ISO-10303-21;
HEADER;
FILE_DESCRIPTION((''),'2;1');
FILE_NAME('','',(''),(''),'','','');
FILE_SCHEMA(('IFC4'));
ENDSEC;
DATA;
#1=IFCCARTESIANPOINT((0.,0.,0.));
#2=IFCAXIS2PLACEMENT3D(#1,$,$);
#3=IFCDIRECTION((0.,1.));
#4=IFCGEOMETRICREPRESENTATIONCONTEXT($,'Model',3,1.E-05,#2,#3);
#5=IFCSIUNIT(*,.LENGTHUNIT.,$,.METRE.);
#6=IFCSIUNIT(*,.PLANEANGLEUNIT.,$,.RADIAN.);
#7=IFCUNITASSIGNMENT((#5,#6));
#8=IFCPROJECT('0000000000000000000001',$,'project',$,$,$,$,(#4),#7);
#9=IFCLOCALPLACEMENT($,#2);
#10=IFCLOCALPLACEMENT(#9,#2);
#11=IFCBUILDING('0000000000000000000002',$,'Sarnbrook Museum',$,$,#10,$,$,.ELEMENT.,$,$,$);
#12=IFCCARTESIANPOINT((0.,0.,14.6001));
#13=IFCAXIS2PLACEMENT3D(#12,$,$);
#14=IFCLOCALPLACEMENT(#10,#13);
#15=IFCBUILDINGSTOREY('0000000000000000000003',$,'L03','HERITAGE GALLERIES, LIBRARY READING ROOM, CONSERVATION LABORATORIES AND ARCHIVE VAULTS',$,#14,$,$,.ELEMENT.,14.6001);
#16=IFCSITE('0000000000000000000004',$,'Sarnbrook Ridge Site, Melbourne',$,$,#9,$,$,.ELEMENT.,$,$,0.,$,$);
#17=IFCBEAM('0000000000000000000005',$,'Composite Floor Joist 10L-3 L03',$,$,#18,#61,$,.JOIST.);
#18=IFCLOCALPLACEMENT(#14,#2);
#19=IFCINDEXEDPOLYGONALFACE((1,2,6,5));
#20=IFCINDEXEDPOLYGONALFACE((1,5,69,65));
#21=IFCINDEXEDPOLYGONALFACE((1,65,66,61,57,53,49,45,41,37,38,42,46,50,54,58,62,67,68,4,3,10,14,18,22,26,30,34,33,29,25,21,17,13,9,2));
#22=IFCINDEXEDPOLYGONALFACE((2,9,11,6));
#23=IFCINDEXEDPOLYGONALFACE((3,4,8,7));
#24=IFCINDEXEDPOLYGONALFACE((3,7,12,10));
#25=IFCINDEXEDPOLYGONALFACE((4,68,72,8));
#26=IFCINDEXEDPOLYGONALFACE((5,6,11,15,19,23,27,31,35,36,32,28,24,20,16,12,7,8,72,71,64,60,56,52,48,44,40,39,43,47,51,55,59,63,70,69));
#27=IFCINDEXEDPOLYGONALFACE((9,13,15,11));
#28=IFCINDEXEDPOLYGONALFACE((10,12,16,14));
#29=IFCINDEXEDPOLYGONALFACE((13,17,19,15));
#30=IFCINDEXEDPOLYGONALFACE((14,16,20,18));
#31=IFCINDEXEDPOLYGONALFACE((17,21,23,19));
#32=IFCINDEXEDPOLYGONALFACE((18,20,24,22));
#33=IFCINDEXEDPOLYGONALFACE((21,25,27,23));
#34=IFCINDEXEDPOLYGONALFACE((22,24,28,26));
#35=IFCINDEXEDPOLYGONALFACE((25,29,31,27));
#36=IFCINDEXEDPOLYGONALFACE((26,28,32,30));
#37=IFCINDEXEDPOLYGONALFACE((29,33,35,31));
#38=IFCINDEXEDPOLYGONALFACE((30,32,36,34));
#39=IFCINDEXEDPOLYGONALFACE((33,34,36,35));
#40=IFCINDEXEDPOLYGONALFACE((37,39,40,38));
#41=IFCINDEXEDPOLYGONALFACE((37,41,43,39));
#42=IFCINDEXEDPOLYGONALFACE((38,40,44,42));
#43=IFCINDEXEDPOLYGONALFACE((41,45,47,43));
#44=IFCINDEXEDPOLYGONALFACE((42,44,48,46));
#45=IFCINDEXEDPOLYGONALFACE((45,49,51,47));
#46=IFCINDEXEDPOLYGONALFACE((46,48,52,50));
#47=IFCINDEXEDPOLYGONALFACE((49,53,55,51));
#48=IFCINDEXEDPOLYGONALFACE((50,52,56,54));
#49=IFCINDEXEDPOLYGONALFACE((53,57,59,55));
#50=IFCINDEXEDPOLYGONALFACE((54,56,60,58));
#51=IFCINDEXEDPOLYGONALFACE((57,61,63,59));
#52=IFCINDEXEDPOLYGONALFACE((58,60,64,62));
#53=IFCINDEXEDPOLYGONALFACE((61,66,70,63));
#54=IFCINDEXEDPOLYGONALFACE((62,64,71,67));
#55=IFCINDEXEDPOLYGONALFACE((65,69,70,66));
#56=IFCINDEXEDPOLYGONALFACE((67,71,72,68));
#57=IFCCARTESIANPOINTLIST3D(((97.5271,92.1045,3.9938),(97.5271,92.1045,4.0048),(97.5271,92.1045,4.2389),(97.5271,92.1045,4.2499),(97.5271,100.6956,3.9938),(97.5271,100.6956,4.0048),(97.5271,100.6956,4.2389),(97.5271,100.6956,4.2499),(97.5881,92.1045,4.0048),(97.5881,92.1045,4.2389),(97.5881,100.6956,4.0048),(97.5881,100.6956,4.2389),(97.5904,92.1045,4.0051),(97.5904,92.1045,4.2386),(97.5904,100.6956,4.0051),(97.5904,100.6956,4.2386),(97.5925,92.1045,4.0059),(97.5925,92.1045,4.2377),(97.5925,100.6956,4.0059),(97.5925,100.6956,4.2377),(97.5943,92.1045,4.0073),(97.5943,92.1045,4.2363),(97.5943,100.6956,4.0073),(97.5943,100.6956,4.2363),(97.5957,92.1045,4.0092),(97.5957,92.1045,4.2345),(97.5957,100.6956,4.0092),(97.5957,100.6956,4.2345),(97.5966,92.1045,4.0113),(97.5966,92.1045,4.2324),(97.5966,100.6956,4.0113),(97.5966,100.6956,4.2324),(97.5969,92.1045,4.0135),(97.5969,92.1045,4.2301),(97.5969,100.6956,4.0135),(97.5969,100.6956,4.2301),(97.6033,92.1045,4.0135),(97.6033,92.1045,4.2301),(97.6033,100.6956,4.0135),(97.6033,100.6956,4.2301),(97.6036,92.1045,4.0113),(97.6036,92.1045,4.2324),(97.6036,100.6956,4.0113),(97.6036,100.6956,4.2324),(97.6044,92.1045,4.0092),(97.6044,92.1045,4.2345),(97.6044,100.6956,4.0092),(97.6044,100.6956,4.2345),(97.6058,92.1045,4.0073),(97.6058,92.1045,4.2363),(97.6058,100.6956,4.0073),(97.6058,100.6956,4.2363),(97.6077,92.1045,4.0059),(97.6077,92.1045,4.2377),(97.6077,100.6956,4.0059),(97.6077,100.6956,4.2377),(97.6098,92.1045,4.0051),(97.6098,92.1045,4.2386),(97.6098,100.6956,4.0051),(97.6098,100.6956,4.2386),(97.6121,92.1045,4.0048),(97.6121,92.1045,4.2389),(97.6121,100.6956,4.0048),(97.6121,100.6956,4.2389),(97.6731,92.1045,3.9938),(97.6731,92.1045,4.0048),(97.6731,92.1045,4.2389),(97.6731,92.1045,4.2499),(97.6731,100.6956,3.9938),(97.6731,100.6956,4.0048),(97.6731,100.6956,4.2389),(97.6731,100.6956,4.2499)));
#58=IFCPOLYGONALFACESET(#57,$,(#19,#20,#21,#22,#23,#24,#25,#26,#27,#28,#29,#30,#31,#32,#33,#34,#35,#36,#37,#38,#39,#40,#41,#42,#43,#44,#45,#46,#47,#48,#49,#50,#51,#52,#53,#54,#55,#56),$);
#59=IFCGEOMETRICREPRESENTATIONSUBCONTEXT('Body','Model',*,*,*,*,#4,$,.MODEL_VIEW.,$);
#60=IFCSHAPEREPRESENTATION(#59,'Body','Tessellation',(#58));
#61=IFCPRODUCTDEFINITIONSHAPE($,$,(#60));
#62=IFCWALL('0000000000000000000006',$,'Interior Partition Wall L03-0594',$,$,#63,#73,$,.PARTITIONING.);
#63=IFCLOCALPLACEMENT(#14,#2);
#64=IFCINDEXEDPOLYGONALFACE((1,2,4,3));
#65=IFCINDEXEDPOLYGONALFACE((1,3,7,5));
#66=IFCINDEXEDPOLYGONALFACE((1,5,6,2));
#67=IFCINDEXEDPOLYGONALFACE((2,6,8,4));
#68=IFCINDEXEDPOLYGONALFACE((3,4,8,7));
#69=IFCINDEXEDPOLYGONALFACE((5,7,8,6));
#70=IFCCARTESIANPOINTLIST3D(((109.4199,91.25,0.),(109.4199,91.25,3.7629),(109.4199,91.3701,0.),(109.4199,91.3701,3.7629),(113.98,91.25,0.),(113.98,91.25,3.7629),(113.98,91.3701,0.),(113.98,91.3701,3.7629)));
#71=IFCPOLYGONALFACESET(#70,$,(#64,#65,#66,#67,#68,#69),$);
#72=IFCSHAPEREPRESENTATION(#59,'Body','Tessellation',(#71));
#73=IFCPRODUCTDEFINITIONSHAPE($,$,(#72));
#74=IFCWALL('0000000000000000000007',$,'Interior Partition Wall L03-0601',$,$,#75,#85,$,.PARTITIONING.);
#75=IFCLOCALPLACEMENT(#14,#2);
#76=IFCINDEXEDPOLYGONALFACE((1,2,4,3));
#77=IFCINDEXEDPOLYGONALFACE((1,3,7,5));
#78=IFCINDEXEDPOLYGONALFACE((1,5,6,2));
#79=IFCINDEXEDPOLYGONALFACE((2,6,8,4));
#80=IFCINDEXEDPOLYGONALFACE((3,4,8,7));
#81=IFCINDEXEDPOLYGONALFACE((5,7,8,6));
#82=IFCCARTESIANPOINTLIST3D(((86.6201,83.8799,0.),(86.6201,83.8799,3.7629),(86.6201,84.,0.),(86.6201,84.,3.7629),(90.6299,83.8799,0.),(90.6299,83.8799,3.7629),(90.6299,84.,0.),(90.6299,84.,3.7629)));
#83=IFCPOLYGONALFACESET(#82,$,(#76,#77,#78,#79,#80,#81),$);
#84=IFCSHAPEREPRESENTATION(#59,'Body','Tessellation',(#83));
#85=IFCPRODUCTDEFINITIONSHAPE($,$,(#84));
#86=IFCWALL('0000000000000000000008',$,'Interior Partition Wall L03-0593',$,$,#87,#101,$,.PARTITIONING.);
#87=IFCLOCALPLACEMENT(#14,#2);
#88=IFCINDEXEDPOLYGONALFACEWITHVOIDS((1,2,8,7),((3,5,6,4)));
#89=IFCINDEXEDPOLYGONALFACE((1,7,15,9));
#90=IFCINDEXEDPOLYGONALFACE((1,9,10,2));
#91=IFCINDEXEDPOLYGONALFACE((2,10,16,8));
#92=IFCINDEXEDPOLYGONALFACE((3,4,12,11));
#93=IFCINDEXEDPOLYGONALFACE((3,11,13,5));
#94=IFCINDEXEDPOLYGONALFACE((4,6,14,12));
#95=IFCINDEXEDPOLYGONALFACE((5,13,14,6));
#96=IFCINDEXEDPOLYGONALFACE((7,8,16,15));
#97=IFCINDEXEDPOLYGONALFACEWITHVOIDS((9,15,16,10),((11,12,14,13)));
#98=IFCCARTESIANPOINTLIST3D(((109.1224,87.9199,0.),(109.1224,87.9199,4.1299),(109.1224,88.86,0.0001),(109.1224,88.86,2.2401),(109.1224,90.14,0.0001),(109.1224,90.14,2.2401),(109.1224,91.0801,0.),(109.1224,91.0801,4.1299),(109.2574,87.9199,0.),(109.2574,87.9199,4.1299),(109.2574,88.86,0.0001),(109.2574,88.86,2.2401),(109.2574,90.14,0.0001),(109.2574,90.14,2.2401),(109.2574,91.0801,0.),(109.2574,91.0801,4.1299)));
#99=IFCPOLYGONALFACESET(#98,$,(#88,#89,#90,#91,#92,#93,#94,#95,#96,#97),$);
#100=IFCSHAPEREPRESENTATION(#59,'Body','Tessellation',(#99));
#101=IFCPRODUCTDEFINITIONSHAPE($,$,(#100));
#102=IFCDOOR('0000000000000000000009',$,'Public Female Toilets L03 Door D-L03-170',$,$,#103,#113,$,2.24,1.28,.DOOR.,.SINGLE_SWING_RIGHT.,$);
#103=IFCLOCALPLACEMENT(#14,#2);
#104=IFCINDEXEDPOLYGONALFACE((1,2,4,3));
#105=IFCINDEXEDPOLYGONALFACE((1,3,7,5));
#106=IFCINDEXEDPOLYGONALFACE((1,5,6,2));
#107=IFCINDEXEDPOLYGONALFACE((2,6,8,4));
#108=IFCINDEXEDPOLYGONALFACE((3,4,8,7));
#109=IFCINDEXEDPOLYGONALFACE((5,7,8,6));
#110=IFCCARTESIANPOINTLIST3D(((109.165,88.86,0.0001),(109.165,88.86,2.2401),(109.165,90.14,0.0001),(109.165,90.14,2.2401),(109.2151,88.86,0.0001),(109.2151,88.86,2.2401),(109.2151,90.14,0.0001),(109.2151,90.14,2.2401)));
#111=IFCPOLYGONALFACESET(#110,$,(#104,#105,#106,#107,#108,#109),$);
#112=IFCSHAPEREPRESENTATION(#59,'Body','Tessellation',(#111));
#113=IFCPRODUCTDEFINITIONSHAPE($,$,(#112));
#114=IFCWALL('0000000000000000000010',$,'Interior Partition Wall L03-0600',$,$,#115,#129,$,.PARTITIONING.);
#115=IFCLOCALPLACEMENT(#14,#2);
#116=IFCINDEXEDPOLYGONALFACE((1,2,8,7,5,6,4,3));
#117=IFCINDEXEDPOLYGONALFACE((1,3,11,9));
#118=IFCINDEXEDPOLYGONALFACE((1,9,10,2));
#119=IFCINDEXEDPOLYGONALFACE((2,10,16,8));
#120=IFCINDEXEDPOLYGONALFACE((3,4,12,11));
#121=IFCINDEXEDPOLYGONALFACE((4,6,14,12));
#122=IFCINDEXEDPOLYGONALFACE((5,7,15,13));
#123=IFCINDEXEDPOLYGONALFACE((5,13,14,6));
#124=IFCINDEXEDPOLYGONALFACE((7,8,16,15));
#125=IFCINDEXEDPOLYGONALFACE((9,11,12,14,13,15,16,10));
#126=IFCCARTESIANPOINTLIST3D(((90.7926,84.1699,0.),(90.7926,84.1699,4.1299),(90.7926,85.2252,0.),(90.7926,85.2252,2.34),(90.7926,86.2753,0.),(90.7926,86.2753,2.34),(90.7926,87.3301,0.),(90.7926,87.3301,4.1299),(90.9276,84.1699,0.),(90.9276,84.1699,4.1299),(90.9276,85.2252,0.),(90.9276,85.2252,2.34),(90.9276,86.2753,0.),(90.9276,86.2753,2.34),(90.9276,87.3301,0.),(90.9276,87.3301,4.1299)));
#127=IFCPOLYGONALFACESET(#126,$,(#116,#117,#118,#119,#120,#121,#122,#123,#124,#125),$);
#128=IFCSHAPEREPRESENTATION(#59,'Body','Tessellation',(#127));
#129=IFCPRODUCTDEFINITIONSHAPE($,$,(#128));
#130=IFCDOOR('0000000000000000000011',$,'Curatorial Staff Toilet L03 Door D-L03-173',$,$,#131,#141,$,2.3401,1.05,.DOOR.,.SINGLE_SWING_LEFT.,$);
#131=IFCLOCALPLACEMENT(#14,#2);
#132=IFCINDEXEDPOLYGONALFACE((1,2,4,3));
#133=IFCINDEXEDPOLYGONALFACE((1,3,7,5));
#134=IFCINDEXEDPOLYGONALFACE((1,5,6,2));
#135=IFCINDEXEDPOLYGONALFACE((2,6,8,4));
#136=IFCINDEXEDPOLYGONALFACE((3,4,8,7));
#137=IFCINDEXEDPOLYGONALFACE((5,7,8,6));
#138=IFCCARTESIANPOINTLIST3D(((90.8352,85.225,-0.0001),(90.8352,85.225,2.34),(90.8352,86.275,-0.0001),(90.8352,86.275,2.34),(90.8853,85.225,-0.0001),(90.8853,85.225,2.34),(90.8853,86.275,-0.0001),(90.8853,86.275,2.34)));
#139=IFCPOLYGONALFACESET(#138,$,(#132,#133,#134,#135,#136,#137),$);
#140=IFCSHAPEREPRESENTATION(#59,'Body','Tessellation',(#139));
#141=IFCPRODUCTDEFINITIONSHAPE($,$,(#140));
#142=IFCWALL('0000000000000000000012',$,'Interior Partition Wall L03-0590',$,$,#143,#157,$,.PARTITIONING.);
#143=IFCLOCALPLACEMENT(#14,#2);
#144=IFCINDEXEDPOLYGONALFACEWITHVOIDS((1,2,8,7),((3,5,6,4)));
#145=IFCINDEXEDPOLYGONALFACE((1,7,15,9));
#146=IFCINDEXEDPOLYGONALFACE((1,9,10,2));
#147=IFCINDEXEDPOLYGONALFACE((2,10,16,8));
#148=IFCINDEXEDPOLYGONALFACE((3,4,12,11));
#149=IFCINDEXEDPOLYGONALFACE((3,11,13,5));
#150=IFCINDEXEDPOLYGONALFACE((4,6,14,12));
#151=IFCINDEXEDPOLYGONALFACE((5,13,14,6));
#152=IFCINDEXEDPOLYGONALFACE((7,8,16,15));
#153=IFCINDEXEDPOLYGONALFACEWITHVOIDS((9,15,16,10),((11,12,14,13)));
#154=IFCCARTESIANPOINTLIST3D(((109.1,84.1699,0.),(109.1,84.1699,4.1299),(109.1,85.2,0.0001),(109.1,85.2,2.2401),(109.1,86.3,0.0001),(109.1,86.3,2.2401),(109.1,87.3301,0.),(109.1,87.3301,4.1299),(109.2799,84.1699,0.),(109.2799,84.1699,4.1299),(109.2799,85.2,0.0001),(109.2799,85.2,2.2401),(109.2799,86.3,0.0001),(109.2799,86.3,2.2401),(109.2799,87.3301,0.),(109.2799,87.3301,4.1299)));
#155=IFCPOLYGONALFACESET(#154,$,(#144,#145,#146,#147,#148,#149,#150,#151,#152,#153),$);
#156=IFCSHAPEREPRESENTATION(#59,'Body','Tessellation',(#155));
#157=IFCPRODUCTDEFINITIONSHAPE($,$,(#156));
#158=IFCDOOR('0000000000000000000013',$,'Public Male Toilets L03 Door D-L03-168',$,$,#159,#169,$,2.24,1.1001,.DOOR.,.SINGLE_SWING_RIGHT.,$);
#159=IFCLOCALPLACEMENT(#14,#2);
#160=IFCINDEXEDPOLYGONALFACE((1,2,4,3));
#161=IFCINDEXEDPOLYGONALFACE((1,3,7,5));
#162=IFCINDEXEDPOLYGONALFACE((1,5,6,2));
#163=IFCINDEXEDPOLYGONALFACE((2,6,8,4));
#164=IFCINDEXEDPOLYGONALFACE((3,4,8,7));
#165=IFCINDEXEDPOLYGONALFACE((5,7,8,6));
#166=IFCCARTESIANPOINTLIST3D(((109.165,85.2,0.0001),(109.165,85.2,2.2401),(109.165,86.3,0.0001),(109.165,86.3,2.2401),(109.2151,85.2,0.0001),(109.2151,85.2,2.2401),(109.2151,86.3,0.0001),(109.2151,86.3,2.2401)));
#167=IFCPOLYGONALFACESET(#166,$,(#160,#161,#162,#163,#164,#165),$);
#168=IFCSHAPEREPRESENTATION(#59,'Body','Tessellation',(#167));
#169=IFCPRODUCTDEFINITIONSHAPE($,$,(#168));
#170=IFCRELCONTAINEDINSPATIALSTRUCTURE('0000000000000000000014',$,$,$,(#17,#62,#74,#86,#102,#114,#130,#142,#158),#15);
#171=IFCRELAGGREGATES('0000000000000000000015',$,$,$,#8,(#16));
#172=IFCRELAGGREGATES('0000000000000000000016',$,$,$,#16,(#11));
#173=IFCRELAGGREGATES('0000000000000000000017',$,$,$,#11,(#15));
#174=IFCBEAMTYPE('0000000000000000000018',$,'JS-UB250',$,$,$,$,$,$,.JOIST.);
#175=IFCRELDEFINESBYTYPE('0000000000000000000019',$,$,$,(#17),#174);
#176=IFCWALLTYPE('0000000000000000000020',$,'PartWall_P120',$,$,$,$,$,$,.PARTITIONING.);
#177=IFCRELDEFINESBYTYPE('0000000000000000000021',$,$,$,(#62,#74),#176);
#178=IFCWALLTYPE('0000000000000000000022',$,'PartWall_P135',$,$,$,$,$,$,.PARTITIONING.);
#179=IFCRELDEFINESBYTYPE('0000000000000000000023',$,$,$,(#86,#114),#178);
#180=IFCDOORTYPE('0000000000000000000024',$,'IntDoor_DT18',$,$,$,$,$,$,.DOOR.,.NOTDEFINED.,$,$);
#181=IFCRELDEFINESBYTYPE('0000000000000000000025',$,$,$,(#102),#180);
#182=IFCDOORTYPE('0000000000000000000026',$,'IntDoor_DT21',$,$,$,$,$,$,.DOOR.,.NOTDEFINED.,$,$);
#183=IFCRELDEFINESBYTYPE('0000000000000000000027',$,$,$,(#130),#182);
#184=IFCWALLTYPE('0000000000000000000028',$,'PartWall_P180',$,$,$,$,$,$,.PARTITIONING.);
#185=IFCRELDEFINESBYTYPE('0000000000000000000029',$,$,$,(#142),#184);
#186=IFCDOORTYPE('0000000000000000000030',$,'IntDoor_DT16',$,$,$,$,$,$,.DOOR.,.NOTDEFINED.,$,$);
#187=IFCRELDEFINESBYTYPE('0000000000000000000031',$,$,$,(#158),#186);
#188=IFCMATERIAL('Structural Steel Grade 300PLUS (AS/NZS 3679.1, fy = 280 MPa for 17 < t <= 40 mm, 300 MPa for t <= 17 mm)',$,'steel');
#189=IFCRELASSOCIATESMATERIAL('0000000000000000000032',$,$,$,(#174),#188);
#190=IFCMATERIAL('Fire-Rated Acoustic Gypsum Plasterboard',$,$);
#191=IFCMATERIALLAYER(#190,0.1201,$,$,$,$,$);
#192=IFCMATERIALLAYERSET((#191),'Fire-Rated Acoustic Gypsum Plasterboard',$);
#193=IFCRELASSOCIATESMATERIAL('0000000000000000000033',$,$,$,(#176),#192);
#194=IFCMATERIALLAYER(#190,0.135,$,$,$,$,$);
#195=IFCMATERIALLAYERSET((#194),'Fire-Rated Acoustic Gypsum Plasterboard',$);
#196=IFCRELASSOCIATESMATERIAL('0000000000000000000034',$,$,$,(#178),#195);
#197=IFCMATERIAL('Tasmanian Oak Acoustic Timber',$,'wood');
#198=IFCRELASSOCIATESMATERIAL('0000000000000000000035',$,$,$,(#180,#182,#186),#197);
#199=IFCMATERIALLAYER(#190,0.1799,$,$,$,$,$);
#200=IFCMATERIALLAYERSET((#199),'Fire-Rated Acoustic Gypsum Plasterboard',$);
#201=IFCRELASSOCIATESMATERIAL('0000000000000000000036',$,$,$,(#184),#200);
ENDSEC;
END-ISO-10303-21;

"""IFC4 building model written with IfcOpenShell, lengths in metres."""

from ifc_helpers import new_model, si_unit, direction, frame, frame_2d, origin, origin_2d, place, context, subcontext, project, spatial, rectangle, i_section, extrude, material, layer, layer_set, material_profile, profile_set, type_object, element, fill, save


model = new_model("IFC4")

# Units and contexts
model_context = context("Model", 3, precision=1e-05, world=origin(), true_north=direction((0.0, 1.0)))
body_context = subcontext(model_context, "Body", "Model", "MODEL_VIEW")
ifc_project = project(units=[si_unit("LENGTHUNIT", "METRE"), si_unit("PLANEANGLEUNIT", "RADIAN")], contexts=[model_context])

# Site, building, storey
site_placement = place(None, origin())
site = spatial("IfcSite", under=ifc_project, at=site_placement, Name="Sarnbrook Ridge Site, Melbourne", CompositionType="ELEMENT", RefElevation=0.0)
building_placement = place(site_placement, origin())
building = spatial("IfcBuilding", under=site, at=building_placement, Name="Sarnbrook Museum", CompositionType="ELEMENT")
storey_placement = place(building_placement, frame((0.0, 0.0, 14.6001)))
storey = spatial("IfcBuildingStorey", under=building, at=storey_placement, Name="L03", Description="HERITAGE GALLERIES, LIBRARY READING ROOM, CONSERVATION LABORATORIES AND ARCHIVE VAULTS", CompositionType="ELEMENT", Elevation=14.6001)

# Shared definitions
ifc_material_1 = material(Name="Structural Steel Grade 300PLUS (AS/NZS 3679.1, fy = 280 MPa for 17 < t <= 40 mm, 300 MPa for t <= 17 mm)", Category="steel")

# Beam
ifc_material_profile_1 = material_profile(ifc_material_1, i_section(OverallWidth=0.146, OverallDepth=0.2561, WebThickness=0.0063, FlangeThickness=0.011, FilletRadius=0.0088, at=origin_2d()), Name="250UB37.3")
ifc_profile_set_1 = profile_set([ifc_material_profile_1], Name="Structural Steel Grade 300PLUS (AS/NZS 3679.1, fy = 280 MPa for 17 < t <= 40 mm, 300 MPa for t <= 17 mm)")
beam_type_1 = type_object("IfcBeamType", Name="JS-UB250", PredefinedType="JOIST", material=ifc_profile_set_1)
for number, where, z_axis, x_axis, name in (
    (1, (97.6001, 92.1045, 4.1218), (0.0, 1.0, 0.0), (-1.0, 0.0, 0.0), "Composite Floor Joist 10L-3 L03"),
):
    element("IfcBeam", number, at=place(storey_placement, frame(where, z_axis=z_axis, x_axis=x_axis)), inside=storey, type_object=beam_type_1, Name=name, PredefinedType="JOIST", context=body_context, shape_type="SweptSolid", body=[
        extrude(i_section(OverallWidth=0.146, OverallDepth=0.2561, WebThickness=0.0063, FlangeThickness=0.011, FilletRadius=0.0088, at=origin_2d()), origin(), (0.0, 0.0, 1.0), 8.5911),
    ])

# Walls
ifc_material_2 = material(Name="Fire-Rated Acoustic Gypsum Plasterboard")
ifc_layer_1 = layer(ifc_material_2, 0.1201)
ifc_layer_set_1 = layer_set([ifc_layer_1], Name="Fire-Rated Acoustic Gypsum Plasterboard")
wall_type_1 = type_object("IfcWallType", Name="PartWall_P120", PredefinedType="PARTITIONING", material=ifc_layer_set_1)
wall_1_placement = place(storey_placement, frame((109.4199, 91.3101, 0.0), z_axis=(0.0, 0.0, 1.0), x_axis=(1.0, 0.0, 0.0)))
element("IfcWall", 2, at=wall_1_placement, inside=storey, type_object=wall_type_1, Name="Interior Partition Wall L03-0594", PredefinedType="PARTITIONING", context=body_context, shape_type="SweptSolid", body=[
    extrude(rectangle(XDim=4.5601, YDim=0.1201, at=frame_2d((2.28, 0.0))), origin(), (0.0, 0.0, 1.0), 3.7629),
])
wall_2_placement = place(storey_placement, frame((90.6299, 83.9399, 0.0), z_axis=(0.0, 0.0, 1.0), x_axis=(-1.0, 0.0, 0.0)))
element("IfcWall", 3, at=wall_2_placement, inside=storey, type_object=wall_type_1, Name="Interior Partition Wall L03-0601", PredefinedType="PARTITIONING", context=body_context, shape_type="SweptSolid", body=[
    extrude(rectangle(XDim=4.0098, YDim=0.1201, at=frame_2d((2.0049, 0.0))), origin(), (0.0, 0.0, 1.0), 3.7629),
])

# Walls, openings, doors
ifc_layer_2 = layer(ifc_material_2, 0.135)
ifc_layer_set_2 = layer_set([ifc_layer_2], Name="Fire-Rated Acoustic Gypsum Plasterboard")
wall_type_2 = type_object("IfcWallType", Name="PartWall_P135", PredefinedType="PARTITIONING", material=ifc_layer_set_2)
wall_3_placement = place(storey_placement, frame((109.1899, 87.9199, 0.0), z_axis=(0.0, 0.0, 1.0), x_axis=(0.0, 1.0, 0.0)))
wall_3 = element("IfcWall", 4, at=wall_3_placement, inside=storey, type_object=wall_type_2, Name="Interior Partition Wall L03-0593", PredefinedType="PARTITIONING", context=body_context, shape_type="SweptSolid", body=[
    extrude(rectangle(XDim=3.1602, YDim=0.135, at=frame_2d((1.5801, 0.0))), origin(), (0.0, 0.0, 1.0), 4.1299),
])
opening_1_placement = place(wall_3_placement, frame((0.9399, 0.0, 0.0)))
opening_1 = element("IfcOpeningElement", 5, at=opening_1_placement, cuts=wall_3, PredefinedType="OPENING", context=body_context, shape_type="SweptSolid", body=[
    extrude(rectangle(XDim=1.28, YDim=2.24, at=frame_2d((0.6401, 1.1201))), frame((0.0, 0.0776, 0.0), z_axis=(0.0, -1.0, 0.0), x_axis=(1.0, 0.0, 0.0)), (0.0, 0.0, 1.0), 0.155),
])
ifc_material_3 = material(Name="Tasmanian Oak Acoustic Timber", Category="wood")
door_type_1 = type_object("IfcDoorType", Name="IntDoor_DT18", OperationType="NOTDEFINED", PredefinedType="DOOR", material=ifc_material_3)
door_1_placement = place(opening_1_placement, origin())
door_1 = element("IfcDoor", 6, at=door_1_placement, inside=storey, type_object=door_type_1, Name="Public Female Toilets L03 Door D-L03-170", OperationType="SINGLE_SWING_RIGHT", OverallHeight=2.24, OverallWidth=1.28, PredefinedType="DOOR", context=body_context, shape_type="SweptSolid", body=[
    extrude(rectangle(XDim=1.28, YDim=2.24, at=frame_2d((0.6401, 1.1201))), frame((0.0, 0.0249, 0.0), z_axis=(0.0, -1.0, 0.0), x_axis=(1.0, 0.0, 0.0)), (0.0, 0.0, 1.0), 0.05),
])
fill(opening_1, door_1)
wall_4_placement = place(storey_placement, frame((90.8601, 87.3301, 0.0), z_axis=(0.0, 0.0, 1.0), x_axis=(0.0, -1.0, 0.0)))
wall_4 = element("IfcWall", 7, at=wall_4_placement, inside=storey, type_object=wall_type_2, Name="Interior Partition Wall L03-0600", PredefinedType="PARTITIONING", context=body_context, shape_type="SweptSolid", body=[
    extrude(rectangle(XDim=3.1602, YDim=0.135, at=frame_2d((1.5801, 0.0))), origin(), (0.0, 0.0, 1.0), 4.1299),
])
opening_2_placement = place(wall_4_placement, frame((1.0549, 0.0, 0.0)))
opening_2 = element("IfcOpeningElement", 8, at=opening_2_placement, cuts=wall_4, PredefinedType="OPENING", context=body_context, shape_type="SweptSolid", body=[
    extrude(rectangle(XDim=1.05, YDim=2.3401, at=frame_2d((0.5249, 1.1699))), frame((0.0, 0.0776, 0.0), z_axis=(0.0, -1.0, 0.0), x_axis=(1.0, 0.0, 0.0)), (0.0, 0.0, 1.0), 0.155),
])
door_type_2 = type_object("IfcDoorType", Name="IntDoor_DT21", OperationType="NOTDEFINED", PredefinedType="DOOR", material=ifc_material_3)
door_2_placement = place(opening_2_placement, frame((1.05, 0.0, 0.0), z_axis=(0.0, 0.0, 1.0), x_axis=(-1.0, 0.0, 0.0)))
door_2 = element("IfcDoor", 9, at=door_2_placement, inside=storey, type_object=door_type_2, Name="Curatorial Staff Toilet L03 Door D-L03-173", OperationType="SINGLE_SWING_LEFT", OverallHeight=2.3401, OverallWidth=1.05, PredefinedType="DOOR", context=body_context, shape_type="SweptSolid", body=[
    extrude(rectangle(XDim=1.05, YDim=2.3401, at=frame_2d((0.5249, 1.1699))), frame((0.0, 0.0249, 0.0), z_axis=(0.0, -1.0, 0.0), x_axis=(1.0, 0.0, 0.0)), (0.0, 0.0, 1.0), 0.05),
])
fill(opening_2, door_2)
ifc_layer_3 = layer(ifc_material_2, 0.1799)
ifc_layer_set_3 = layer_set([ifc_layer_3], Name="Fire-Rated Acoustic Gypsum Plasterboard")
wall_type_3 = type_object("IfcWallType", Name="PartWall_P180", PredefinedType="PARTITIONING", material=ifc_layer_set_3)
wall_5_placement = place(storey_placement, frame((109.1899, 84.1699, 0.0), z_axis=(0.0, 0.0, 1.0), x_axis=(0.0, 1.0, 0.0)))
wall_5 = element("IfcWall", 10, at=wall_5_placement, inside=storey, type_object=wall_type_3, Name="Interior Partition Wall L03-0590", PredefinedType="PARTITIONING", context=body_context, shape_type="SweptSolid", body=[
    extrude(rectangle(XDim=3.1602, YDim=0.1799, at=frame_2d((1.5801, 0.0))), origin(), (0.0, 0.0, 1.0), 4.1299),
])
opening_3_placement = place(wall_5_placement, frame((1.03, 0.0, 0.0)))
opening_3 = element("IfcOpeningElement", 11, at=opening_3_placement, cuts=wall_5, PredefinedType="OPENING", context=body_context, shape_type="SweptSolid", body=[
    extrude(rectangle(XDim=1.1001, YDim=2.24, at=frame_2d((0.55, 1.1201))), frame((0.0, 0.1001, 0.0), z_axis=(0.0, -1.0, 0.0), x_axis=(1.0, 0.0, 0.0)), (0.0, 0.0, 1.0), 0.2),
])
door_type_3 = type_object("IfcDoorType", Name="IntDoor_DT16", OperationType="NOTDEFINED", PredefinedType="DOOR", material=ifc_material_3)
door_3_placement = place(opening_3_placement, origin())
door_3 = element("IfcDoor", 12, at=door_3_placement, inside=storey, type_object=door_type_3, Name="Public Male Toilets L03 Door D-L03-168", OperationType="SINGLE_SWING_RIGHT", OverallHeight=2.24, OverallWidth=1.1001, PredefinedType="DOOR", context=body_context, shape_type="SweptSolid", body=[
    extrude(rectangle(XDim=1.1001, YDim=2.24, at=frame_2d((0.55, 1.1201))), frame((0.0, 0.0249, 0.0), z_axis=(0.0, -1.0, 0.0), x_axis=(1.0, 0.0, 0.0)), (0.0, 0.0, 1.0), 0.05),
])
fill(opening_3, door_3)

save(model, "model.ifc")
